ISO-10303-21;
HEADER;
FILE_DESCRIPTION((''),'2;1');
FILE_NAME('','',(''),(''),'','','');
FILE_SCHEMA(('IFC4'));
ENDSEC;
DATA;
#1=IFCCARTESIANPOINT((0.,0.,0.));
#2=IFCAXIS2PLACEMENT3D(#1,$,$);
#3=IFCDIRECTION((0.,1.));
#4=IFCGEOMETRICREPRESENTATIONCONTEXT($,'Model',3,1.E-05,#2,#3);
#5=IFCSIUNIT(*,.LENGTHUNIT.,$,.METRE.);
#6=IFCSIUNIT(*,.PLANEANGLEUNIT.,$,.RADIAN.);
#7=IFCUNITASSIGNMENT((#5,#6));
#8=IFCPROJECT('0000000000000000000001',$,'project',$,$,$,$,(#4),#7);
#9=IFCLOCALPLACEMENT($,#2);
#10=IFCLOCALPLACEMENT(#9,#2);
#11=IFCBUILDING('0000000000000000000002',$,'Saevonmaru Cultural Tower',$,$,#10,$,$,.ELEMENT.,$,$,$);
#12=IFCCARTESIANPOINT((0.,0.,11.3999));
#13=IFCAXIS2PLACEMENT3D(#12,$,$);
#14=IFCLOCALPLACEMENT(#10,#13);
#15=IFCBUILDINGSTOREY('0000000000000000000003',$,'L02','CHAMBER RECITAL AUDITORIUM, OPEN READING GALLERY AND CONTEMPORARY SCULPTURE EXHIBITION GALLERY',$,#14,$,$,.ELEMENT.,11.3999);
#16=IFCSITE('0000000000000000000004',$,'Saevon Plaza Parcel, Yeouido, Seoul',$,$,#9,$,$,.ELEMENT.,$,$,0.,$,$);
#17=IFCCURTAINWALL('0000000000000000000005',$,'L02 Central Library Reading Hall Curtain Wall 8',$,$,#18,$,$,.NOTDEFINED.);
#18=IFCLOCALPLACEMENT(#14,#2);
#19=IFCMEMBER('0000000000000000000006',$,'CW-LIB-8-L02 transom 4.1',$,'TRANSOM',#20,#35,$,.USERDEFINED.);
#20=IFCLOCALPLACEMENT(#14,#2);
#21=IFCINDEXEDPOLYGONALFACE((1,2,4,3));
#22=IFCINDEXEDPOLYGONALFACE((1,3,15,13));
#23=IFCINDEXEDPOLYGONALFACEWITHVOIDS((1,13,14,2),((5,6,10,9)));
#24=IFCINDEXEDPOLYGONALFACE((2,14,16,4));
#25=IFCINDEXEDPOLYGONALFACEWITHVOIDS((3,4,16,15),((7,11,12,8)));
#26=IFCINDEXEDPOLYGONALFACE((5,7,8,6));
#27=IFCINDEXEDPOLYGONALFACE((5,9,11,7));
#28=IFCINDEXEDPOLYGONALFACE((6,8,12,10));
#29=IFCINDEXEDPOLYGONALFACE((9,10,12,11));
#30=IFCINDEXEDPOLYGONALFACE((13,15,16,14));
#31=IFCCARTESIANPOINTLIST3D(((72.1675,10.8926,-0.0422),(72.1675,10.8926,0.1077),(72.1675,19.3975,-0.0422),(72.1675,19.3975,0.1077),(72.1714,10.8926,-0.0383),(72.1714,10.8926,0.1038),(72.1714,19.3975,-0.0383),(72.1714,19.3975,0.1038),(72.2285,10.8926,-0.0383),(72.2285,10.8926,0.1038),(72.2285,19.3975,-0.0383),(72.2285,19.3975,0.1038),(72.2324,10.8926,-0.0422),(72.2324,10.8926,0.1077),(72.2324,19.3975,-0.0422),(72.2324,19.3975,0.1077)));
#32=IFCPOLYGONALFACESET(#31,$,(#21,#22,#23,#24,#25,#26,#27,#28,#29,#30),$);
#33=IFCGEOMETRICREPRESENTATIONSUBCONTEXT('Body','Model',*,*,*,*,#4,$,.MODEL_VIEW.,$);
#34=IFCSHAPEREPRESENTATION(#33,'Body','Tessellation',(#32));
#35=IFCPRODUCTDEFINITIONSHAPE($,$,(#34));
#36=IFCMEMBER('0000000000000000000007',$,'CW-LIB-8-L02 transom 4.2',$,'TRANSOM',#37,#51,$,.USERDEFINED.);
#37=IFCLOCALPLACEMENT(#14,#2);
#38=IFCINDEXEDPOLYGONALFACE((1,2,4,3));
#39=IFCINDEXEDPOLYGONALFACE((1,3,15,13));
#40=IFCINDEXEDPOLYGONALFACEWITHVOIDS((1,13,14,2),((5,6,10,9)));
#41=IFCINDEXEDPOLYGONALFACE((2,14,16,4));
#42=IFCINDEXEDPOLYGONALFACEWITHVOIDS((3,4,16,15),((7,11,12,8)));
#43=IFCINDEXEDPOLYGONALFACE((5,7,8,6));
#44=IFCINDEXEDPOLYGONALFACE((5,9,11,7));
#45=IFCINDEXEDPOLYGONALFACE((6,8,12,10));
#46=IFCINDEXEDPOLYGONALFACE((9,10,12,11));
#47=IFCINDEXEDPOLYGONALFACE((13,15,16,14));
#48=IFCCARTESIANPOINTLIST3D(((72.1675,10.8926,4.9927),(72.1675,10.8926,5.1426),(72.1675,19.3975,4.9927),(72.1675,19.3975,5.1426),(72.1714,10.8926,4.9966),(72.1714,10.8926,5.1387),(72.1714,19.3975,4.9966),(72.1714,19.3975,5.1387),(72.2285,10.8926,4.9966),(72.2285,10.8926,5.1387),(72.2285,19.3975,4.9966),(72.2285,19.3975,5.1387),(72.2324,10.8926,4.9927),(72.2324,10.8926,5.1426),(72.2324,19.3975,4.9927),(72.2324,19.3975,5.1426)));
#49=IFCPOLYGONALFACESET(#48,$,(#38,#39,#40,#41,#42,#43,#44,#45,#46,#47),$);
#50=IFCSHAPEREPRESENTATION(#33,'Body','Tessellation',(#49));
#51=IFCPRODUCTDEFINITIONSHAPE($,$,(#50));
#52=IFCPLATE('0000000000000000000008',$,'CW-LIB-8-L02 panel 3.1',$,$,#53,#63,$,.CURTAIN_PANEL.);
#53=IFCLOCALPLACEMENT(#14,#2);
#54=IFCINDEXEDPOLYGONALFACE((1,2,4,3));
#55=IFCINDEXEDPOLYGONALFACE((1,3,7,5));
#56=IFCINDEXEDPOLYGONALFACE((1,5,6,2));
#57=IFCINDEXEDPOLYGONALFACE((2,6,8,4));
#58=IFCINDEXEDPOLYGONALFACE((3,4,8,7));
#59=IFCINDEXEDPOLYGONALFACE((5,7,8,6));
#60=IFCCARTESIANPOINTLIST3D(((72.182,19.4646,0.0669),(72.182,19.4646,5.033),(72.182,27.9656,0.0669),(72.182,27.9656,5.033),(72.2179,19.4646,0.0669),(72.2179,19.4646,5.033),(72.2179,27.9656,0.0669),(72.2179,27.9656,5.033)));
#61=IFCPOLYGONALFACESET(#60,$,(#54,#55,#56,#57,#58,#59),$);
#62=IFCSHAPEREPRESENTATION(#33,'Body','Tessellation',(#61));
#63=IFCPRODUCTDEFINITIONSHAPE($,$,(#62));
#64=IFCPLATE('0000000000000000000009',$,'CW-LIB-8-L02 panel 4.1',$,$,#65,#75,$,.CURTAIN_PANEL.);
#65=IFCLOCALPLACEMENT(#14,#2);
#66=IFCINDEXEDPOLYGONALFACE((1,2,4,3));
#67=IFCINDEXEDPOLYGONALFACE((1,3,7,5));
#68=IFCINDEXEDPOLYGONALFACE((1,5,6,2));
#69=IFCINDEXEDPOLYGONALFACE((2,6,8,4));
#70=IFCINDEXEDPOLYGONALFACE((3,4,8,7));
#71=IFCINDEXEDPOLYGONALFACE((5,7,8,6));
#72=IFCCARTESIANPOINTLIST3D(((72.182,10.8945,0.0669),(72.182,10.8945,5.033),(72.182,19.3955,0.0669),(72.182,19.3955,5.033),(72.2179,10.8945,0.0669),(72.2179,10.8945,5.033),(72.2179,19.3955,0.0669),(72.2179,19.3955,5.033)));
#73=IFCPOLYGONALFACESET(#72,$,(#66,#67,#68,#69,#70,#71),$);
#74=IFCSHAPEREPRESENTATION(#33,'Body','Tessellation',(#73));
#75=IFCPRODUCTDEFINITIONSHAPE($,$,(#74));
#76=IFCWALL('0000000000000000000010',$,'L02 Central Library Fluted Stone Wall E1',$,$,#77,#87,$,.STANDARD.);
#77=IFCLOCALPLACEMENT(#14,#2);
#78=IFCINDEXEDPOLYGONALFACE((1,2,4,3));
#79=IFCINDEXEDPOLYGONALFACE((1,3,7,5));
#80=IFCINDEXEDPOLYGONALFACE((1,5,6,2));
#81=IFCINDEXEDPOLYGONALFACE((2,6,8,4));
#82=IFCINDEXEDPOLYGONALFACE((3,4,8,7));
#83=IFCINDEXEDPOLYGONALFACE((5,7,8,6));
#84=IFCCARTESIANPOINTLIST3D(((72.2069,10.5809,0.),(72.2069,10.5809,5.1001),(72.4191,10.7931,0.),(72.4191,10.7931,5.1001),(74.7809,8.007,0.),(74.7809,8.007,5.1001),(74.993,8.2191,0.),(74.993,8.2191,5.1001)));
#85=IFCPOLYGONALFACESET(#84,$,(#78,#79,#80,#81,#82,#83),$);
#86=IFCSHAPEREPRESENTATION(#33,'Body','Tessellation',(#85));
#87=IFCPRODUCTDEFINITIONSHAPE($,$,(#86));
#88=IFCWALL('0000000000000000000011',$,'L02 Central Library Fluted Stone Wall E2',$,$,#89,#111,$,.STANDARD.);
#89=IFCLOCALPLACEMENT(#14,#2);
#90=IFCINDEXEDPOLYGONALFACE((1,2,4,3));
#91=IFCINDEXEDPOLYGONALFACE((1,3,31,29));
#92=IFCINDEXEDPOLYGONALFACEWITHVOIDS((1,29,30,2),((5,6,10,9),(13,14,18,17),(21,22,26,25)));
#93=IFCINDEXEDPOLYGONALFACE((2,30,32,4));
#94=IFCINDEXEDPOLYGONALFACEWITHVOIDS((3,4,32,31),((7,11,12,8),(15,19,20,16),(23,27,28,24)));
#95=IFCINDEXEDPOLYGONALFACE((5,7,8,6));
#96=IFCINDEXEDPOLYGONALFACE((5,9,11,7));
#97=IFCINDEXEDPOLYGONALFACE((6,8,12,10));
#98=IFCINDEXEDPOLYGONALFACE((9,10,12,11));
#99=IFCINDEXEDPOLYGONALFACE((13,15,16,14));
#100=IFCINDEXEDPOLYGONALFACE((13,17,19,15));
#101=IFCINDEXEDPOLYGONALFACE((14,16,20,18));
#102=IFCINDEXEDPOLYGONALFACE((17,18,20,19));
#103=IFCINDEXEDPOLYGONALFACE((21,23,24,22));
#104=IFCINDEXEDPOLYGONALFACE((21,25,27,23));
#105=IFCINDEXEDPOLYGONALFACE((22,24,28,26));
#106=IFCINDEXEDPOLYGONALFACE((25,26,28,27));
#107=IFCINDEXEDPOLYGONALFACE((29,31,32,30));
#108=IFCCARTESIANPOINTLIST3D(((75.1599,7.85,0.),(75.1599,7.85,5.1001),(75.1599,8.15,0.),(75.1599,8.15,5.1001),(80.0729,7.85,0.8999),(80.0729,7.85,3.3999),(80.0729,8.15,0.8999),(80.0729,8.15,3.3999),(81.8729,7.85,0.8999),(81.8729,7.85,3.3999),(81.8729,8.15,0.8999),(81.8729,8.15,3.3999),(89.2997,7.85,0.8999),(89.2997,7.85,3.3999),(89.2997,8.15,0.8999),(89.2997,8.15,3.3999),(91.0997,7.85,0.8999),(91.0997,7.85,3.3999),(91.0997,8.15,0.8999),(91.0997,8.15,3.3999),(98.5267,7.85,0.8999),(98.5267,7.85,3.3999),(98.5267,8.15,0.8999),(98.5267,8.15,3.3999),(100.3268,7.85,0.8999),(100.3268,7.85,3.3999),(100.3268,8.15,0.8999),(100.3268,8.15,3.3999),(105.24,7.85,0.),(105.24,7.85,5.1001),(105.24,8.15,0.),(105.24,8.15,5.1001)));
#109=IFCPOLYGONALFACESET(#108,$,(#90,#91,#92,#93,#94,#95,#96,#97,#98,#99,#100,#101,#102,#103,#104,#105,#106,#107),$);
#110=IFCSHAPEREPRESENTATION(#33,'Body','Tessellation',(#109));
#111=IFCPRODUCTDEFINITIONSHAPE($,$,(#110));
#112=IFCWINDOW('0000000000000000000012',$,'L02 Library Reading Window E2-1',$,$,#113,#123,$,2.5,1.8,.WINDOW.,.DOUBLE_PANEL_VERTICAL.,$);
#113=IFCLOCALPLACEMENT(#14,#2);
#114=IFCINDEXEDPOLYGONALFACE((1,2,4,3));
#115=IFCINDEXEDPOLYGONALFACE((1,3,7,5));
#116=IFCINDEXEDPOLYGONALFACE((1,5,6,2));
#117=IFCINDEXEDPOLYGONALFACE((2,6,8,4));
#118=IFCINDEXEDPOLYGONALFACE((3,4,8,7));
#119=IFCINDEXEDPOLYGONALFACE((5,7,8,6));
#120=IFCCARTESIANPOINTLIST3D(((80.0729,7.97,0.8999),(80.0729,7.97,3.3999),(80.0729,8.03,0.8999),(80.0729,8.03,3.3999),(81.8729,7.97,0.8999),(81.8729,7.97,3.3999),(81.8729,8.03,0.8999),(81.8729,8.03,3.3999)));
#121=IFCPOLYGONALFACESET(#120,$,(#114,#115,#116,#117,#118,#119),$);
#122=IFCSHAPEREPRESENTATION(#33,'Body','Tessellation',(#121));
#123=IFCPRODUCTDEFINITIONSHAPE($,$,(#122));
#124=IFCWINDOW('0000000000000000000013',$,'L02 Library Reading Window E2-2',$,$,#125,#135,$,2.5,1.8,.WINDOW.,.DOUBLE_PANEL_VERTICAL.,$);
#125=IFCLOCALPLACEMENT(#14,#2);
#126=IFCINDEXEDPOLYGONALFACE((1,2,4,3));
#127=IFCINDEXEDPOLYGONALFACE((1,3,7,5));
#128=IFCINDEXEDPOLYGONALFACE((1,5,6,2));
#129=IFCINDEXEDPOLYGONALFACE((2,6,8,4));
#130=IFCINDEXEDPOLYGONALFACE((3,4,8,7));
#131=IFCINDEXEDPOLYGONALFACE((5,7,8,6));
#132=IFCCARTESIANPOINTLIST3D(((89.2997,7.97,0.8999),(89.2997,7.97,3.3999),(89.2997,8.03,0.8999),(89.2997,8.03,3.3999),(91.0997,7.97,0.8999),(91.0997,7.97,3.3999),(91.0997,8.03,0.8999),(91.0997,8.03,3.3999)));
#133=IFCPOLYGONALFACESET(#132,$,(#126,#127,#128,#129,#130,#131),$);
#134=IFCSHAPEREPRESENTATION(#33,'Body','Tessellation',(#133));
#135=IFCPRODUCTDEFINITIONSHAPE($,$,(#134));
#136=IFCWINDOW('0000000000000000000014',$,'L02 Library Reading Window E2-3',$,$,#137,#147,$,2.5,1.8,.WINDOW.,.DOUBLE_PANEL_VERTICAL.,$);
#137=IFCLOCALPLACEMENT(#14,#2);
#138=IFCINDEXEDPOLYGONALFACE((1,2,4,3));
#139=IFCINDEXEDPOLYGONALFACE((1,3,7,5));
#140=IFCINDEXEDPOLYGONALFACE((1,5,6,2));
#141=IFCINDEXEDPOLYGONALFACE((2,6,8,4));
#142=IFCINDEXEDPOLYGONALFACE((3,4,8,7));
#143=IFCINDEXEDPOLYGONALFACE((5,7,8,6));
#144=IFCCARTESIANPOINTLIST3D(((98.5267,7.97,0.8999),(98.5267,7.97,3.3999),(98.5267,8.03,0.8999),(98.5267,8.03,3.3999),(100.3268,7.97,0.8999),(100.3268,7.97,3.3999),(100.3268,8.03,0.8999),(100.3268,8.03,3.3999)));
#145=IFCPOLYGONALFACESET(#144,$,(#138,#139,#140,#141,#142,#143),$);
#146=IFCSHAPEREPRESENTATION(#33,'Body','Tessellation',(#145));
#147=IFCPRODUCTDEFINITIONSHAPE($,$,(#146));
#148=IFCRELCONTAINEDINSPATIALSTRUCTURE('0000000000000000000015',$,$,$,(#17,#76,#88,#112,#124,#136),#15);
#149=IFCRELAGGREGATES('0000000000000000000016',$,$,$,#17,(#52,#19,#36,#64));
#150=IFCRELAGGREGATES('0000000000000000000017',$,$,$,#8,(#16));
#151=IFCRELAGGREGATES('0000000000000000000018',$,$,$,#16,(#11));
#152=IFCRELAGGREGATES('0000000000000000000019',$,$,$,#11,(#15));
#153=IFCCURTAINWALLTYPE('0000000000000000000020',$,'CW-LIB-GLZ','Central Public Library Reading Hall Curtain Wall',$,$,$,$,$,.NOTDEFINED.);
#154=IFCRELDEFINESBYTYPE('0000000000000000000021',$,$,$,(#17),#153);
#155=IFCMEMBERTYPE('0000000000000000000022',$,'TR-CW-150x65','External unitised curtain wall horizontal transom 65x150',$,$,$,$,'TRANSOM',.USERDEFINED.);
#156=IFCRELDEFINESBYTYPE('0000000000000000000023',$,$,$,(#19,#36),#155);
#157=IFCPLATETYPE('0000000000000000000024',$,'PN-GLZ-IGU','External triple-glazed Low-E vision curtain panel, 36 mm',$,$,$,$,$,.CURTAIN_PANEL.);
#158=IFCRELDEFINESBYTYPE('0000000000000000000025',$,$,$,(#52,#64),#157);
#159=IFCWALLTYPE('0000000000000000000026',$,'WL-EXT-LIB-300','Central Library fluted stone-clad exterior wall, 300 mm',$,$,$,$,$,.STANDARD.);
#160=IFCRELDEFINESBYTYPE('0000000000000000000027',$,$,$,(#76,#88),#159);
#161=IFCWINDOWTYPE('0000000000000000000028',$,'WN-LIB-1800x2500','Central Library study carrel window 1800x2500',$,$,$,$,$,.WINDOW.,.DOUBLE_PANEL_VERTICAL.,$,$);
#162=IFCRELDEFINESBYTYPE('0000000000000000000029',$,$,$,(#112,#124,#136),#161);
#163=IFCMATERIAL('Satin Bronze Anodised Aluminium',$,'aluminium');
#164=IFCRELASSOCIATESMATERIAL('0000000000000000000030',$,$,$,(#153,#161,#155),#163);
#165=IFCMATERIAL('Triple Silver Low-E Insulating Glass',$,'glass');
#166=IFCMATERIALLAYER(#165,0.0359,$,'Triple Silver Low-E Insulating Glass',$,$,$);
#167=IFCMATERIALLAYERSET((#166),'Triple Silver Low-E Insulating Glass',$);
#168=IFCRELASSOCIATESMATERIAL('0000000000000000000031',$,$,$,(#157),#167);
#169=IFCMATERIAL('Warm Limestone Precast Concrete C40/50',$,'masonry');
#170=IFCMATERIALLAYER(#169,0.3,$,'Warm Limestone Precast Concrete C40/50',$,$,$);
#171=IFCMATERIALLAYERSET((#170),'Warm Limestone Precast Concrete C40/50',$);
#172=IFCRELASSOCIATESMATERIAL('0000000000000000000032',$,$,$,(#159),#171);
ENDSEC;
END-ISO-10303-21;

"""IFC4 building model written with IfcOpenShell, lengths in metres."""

from ifc_helpers import new_model, si_unit, direction, frame, frame_2d, origin, origin_2d, place, context, subcontext, project, spatial, rectangle, hollow_rectangle, extrude, material, layer, layer_set, material_profile, profile_set, type_object, element, fill, aggregate, save


model = new_model("IFC4")

# Units and contexts
model_context = context("Model", 3, precision=1e-05, world=origin(), true_north=direction((0.0, 1.0)))
body_context = subcontext(model_context, "Body", "Model", "MODEL_VIEW")
ifc_project = project(units=[si_unit("LENGTHUNIT", "METRE"), si_unit("PLANEANGLEUNIT", "RADIAN")], contexts=[model_context])

# Site, building, storey
site_placement = place(None, origin())
site = spatial("IfcSite", under=ifc_project, at=site_placement, Name="Saevon Plaza Parcel, Yeouido, Seoul", CompositionType="ELEMENT", RefElevation=0.0)
building_placement = place(site_placement, origin())
building = spatial("IfcBuilding", under=site, at=building_placement, Name="Saevonmaru Cultural Tower", CompositionType="ELEMENT")
storey_placement = place(building_placement, frame((0.0, 0.0, 11.3999)))
storey = spatial("IfcBuildingStorey", under=building, at=storey_placement, Name="L02", Description="CHAMBER RECITAL AUDITORIUM, OPEN READING GALLERY AND CONTEMPORARY SCULPTURE EXHIBITION GALLERY", CompositionType="ELEMENT", Elevation=11.3999)

# Curtain wall, members, plates
ifc_material_1 = material(Name="Satin Bronze Anodised Aluminium", Category="aluminium")
curtain_wall_type = type_object("IfcCurtainWallType", Name="CW-LIB-GLZ", Description="Central Public Library Reading Hall Curtain Wall", PredefinedType="NOTDEFINED", material=ifc_material_1)
curtain_wall_placement = place(storey_placement, origin())
curtain_wall = element("IfcCurtainWall", 1, at=curtain_wall_placement, inside=storey, type_object=curtain_wall_type, Name="L02 Central Library Reading Hall Curtain Wall 8", PredefinedType="NOTDEFINED")
ifc_material_profile_1 = material_profile(ifc_material_1, hollow_rectangle(XDim=0.0649, YDim=0.1499, WallThickness=0.0039, at=origin_2d()), Name="ALU-TRAN-150x65x4")
ifc_profile_set_1 = profile_set([ifc_material_profile_1], Name="Satin Bronze Anodised Aluminium")
member_type = type_object("IfcMemberType", Name="TR-CW-150x65", Description="External unitised curtain wall horizontal transom 65x150", ElementType="TRANSOM", PredefinedType="USERDEFINED", material=ifc_profile_set_1)
member_1_placement = place(storey_placement, frame((72.2, 19.3975, 0.0327), z_axis=(0.0, -1.0, 0.0), x_axis=(1.0, 0.0, 0.0)))
member_1 = element("IfcMember", 2, at=member_1_placement, type_object=member_type, Name="CW-LIB-8-L02 transom 4.1", ObjectType="TRANSOM", PredefinedType="USERDEFINED", context=body_context, shape_type="SweptSolid", body=[
    extrude(hollow_rectangle(XDim=0.0649, YDim=0.1499, WallThickness=0.0039, at=origin_2d()), origin(), (0.0, 0.0, 1.0), 8.5049),
])
member_2_placement = place(storey_placement, frame((72.2, 19.3975, 5.0676), z_axis=(0.0, -1.0, 0.0), x_axis=(1.0, 0.0, 0.0)))
member_2 = element("IfcMember", 3, at=member_2_placement, type_object=member_type, Name="CW-LIB-8-L02 transom 4.2", ObjectType="TRANSOM", PredefinedType="USERDEFINED", context=body_context, shape_type="SweptSolid", body=[
    extrude(hollow_rectangle(XDim=0.0649, YDim=0.1499, WallThickness=0.0039, at=origin_2d()), origin(), (0.0, 0.0, 1.0), 8.5049),
])
ifc_material_2 = material(Name="Triple Silver Low-E Insulating Glass", Category="glass")
ifc_layer_1 = layer(ifc_material_2, 0.0359, Name="Triple Silver Low-E Insulating Glass")
ifc_layer_set_1 = layer_set([ifc_layer_1], Name="Triple Silver Low-E Insulating Glass")
plate_type = type_object("IfcPlateType", Name="PN-GLZ-IGU", Description="External triple-glazed Low-E vision curtain panel, 36 mm", PredefinedType="CURTAIN_PANEL", material=ifc_layer_set_1)
plate_1_placement = place(storey_placement, frame((72.2, 23.7151, 0.0669), z_axis=(0.0, 0.0, 1.0), x_axis=(0.0, -1.0, 0.0)))
plate_1 = element("IfcPlate", 4, at=plate_1_placement, type_object=plate_type, Name="CW-LIB-8-L02 panel 3.1", PredefinedType="CURTAIN_PANEL", context=body_context, shape_type="SweptSolid", body=[
    extrude(rectangle(XDim=8.501, YDim=0.0359, at=origin_2d()), origin(), (0.0, 0.0, 1.0), 4.9661),
])
plate_2_placement = place(storey_placement, frame((72.2, 15.145, 0.0669), z_axis=(0.0, 0.0, 1.0), x_axis=(0.0, -1.0, 0.0)))
plate_2 = element("IfcPlate", 5, at=plate_2_placement, type_object=plate_type, Name="CW-LIB-8-L02 panel 4.1", PredefinedType="CURTAIN_PANEL", context=body_context, shape_type="SweptSolid", body=[
    extrude(rectangle(XDim=8.501, YDim=0.0359, at=origin_2d()), origin(), (0.0, 0.0, 1.0), 4.9661),
])
aggregate(curtain_wall, [plate_1, member_1, member_2, plate_2])

# Wall
ifc_material_3 = material(Name="Warm Limestone Precast Concrete C40/50", Category="masonry")
ifc_layer_2 = layer(ifc_material_3, 0.3, Name="Warm Limestone Precast Concrete C40/50")
ifc_layer_set_2 = layer_set([ifc_layer_2], Name="Warm Limestone Precast Concrete C40/50")
wall_type = type_object("IfcWallType", Name="WL-EXT-LIB-300", Description="Central Library fluted stone-clad exterior wall, 300 mm", PredefinedType="STANDARD", material=ifc_layer_set_2)
wall_1_placement = place(storey_placement, frame((72.313, 10.687, 0.0), z_axis=(0.0, 0.0, 1.0), x_axis=(0.707107, -0.707107, 0.0)))
element("IfcWall", 6, at=wall_1_placement, inside=storey, type_object=wall_type, Name="L02 Central Library Fluted Stone Wall E1", PredefinedType="STANDARD", context=body_context, shape_type="SweptSolid", body=[
    extrude(rectangle(XDim=3.6401, YDim=0.3, at=frame_2d((1.8201, 0.0))), origin(), (0.0, 0.0, 1.0), 5.1001),
])

# Wall, openings, windows
wall_2_placement = place(storey_placement, frame((75.1599, 8.0, 0.0), z_axis=(0.0, 0.0, 1.0), x_axis=(1.0, 0.0, 0.0)))
wall_2 = element("IfcWall", 7, at=wall_2_placement, inside=storey, type_object=wall_type, Name="L02 Central Library Fluted Stone Wall E2", PredefinedType="STANDARD", context=body_context, shape_type="SweptSolid", body=[
    extrude(rectangle(XDim=30.0801, YDim=0.3, at=frame_2d((15.04, 0.0))), origin(), (0.0, 0.0, 1.0), 5.1001),
])
opening_1_placement = place(wall_2_placement, frame((4.9131, 0.0, 0.8999)))
opening_1 = element("IfcOpeningElement", 8, at=opening_1_placement, cuts=wall_2, PredefinedType="OPENING", context=body_context, shape_type="SweptSolid", body=[
    extrude(rectangle(XDim=1.8, YDim=2.5, at=frame_2d((0.8999, 1.25))), frame((0.0, 0.1602, 0.0), z_axis=(0.0, -1.0, 0.0), x_axis=(1.0, 0.0, 0.0)), (0.0, 0.0, 1.0), 0.3201),
])
opening_2_placement = place(wall_2_placement, frame((14.1399, 0.0, 0.8999)))
opening_2 = element("IfcOpeningElement", 9, at=opening_2_placement, cuts=wall_2, PredefinedType="OPENING", context=body_context, shape_type="SweptSolid", body=[
    extrude(rectangle(XDim=1.8, YDim=2.5, at=frame_2d((0.8999, 1.25))), frame((0.0, 0.1602, 0.0), z_axis=(0.0, -1.0, 0.0), x_axis=(1.0, 0.0, 0.0)), (0.0, 0.0, 1.0), 0.3201),
])
opening_3_placement = place(wall_2_placement, frame((23.3669, 0.0, 0.8999)))
opening_3 = element("IfcOpeningElement", 10, at=opening_3_placement, cuts=wall_2, PredefinedType="OPENING", context=body_context, shape_type="SweptSolid", body=[
    extrude(rectangle(XDim=1.8, YDim=2.5, at=frame_2d((0.8999, 1.25))), frame((0.0, 0.1602, 0.0), z_axis=(0.0, -1.0, 0.0), x_axis=(1.0, 0.0, 0.0)), (0.0, 0.0, 1.0), 0.3201),
])
window_type = type_object("IfcWindowType", Name="WN-LIB-1800x2500", Description="Central Library study carrel window 1800x2500", PartitioningType="DOUBLE_PANEL_VERTICAL", PredefinedType="WINDOW", material=ifc_material_1)
window_1_placement = place(opening_1_placement, origin())
window_1 = element("IfcWindow", 11, at=window_1_placement, inside=storey, type_object=window_type, Name="L02 Library Reading Window E2-1", OverallHeight=2.5, OverallWidth=1.8, PartitioningType="DOUBLE_PANEL_VERTICAL", PredefinedType="WINDOW", context=body_context, shape_type="SweptSolid", body=[
    extrude(rectangle(XDim=1.8, YDim=2.5, at=frame_2d((0.8999, 1.25))), frame((0.0, 0.03, 0.0), z_axis=(0.0, -1.0, 0.0), x_axis=(1.0, 0.0, 0.0)), (0.0, 0.0, 1.0), 0.0601),
])
fill(opening_1, window_1)
window_2_placement = place(opening_2_placement, origin())
window_2 = element("IfcWindow", 12, at=window_2_placement, inside=storey, type_object=window_type, Name="L02 Library Reading Window E2-2", OverallHeight=2.5, OverallWidth=1.8, PartitioningType="DOUBLE_PANEL_VERTICAL", PredefinedType="WINDOW", context=body_context, shape_type="SweptSolid", body=[
    extrude(rectangle(XDim=1.8, YDim=2.5, at=frame_2d((0.8999, 1.25))), frame((0.0, 0.03, 0.0), z_axis=(0.0, -1.0, 0.0), x_axis=(1.0, 0.0, 0.0)), (0.0, 0.0, 1.0), 0.0601),
])
fill(opening_2, window_2)
window_3_placement = place(opening_3_placement, origin())
window_3 = element("IfcWindow", 13, at=window_3_placement, inside=storey, type_object=window_type, Name="L02 Library Reading Window E2-3", OverallHeight=2.5, OverallWidth=1.8, PartitioningType="DOUBLE_PANEL_VERTICAL", PredefinedType="WINDOW", context=body_context, shape_type="SweptSolid", body=[
    extrude(rectangle(XDim=1.8, YDim=2.5, at=frame_2d((0.8999, 1.25))), frame((0.0, 0.03, 0.0), z_axis=(0.0, -1.0, 0.0), x_axis=(1.0, 0.0, 0.0)), (0.0, 0.0, 1.0), 0.0601),
])
fill(opening_3, window_3)

save(model, "model.ifc")
